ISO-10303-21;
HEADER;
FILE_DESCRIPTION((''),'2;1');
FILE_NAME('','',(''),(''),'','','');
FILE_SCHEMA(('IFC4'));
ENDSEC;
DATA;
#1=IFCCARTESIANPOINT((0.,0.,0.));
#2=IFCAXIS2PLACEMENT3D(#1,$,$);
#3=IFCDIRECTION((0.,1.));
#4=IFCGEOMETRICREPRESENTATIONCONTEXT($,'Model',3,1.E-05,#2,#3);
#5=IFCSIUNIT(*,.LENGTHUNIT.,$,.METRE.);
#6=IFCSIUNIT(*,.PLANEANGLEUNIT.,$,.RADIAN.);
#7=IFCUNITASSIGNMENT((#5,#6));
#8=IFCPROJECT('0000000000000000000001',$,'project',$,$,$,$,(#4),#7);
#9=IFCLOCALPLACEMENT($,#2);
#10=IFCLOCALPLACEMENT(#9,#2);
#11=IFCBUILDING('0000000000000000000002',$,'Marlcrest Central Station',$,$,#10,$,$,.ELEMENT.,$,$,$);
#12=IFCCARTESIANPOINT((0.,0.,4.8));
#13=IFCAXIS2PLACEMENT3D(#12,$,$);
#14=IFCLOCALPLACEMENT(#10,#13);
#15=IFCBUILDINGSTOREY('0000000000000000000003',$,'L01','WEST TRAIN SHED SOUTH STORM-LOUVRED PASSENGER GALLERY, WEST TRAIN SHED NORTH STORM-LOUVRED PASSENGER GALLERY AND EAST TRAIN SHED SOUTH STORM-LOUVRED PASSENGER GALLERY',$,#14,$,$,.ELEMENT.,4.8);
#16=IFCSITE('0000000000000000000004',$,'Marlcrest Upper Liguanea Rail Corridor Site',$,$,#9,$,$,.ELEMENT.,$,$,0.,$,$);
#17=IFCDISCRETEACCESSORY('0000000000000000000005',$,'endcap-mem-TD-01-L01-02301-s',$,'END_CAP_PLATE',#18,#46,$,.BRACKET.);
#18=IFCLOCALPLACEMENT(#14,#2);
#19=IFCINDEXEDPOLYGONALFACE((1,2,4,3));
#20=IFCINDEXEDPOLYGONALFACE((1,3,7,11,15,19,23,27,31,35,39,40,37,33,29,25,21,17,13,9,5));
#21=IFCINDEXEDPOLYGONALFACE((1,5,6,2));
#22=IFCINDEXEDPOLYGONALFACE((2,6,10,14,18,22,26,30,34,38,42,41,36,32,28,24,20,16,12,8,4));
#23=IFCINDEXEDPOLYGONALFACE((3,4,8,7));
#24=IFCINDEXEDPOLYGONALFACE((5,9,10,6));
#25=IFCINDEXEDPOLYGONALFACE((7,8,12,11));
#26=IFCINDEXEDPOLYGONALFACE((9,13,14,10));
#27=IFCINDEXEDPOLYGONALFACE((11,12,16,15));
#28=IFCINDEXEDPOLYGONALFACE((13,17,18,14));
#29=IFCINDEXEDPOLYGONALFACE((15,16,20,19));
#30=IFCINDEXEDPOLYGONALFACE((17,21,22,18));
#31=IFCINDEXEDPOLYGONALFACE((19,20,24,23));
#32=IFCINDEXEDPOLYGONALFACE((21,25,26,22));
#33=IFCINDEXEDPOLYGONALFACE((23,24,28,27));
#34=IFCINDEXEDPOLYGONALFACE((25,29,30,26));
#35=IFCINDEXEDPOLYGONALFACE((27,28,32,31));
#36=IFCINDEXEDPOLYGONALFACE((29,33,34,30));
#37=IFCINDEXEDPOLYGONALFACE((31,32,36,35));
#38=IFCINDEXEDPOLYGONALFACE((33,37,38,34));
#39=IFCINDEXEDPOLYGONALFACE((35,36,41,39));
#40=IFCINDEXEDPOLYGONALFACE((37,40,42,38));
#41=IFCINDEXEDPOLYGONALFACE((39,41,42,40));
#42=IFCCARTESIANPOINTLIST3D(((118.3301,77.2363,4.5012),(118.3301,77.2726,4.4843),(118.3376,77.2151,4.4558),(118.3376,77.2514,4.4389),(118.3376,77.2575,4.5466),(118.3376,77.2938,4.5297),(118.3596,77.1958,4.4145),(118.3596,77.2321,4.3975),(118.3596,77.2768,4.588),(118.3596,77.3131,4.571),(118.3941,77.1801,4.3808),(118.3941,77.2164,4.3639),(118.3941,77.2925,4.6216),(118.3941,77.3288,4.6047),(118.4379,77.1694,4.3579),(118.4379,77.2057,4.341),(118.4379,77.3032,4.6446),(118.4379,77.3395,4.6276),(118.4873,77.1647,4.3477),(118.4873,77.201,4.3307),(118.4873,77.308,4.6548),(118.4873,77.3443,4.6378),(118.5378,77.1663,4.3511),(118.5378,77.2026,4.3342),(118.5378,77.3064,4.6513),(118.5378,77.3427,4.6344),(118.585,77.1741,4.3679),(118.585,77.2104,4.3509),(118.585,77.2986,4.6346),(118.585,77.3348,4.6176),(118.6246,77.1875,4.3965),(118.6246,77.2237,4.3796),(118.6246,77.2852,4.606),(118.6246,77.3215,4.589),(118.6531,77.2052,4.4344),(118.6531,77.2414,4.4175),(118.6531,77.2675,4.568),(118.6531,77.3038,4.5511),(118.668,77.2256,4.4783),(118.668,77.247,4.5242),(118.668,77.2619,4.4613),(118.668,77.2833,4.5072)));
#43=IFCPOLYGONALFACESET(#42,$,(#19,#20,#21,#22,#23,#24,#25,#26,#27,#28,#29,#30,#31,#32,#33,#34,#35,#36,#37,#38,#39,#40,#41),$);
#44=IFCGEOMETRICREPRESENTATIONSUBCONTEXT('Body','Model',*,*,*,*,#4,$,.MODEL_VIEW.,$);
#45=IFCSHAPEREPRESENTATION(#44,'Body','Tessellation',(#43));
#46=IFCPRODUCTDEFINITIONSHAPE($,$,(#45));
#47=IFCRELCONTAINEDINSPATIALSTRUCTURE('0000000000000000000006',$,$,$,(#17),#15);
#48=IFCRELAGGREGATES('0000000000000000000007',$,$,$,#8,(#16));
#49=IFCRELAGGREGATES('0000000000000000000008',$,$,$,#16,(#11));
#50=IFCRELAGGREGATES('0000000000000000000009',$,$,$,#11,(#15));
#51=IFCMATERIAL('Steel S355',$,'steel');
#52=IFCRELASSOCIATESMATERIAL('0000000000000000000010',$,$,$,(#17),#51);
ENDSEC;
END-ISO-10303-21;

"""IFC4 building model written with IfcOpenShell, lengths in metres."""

from ifc_helpers import new_model, si_unit, direction, frame, origin, origin_2d, place, context, subcontext, project, spatial, circle, extrude, material, element, save


model = new_model("IFC4")

# Units and contexts
model_context = context("Model", 3, precision=1e-05, world=origin(), true_north=direction((0.0, 1.0)))
body_context = subcontext(model_context, "Body", "Model", "MODEL_VIEW")
ifc_project = project(units=[si_unit("LENGTHUNIT", "METRE"), si_unit("PLANEANGLEUNIT", "RADIAN")], contexts=[model_context])

# Site, building, storey
site_placement = place(None, origin())
site = spatial("IfcSite", under=ifc_project, at=site_placement, Name="Marlcrest Upper Liguanea Rail Corridor Site", CompositionType="ELEMENT", RefElevation=0.0)
building_placement = place(site_placement, origin())
building = spatial("IfcBuilding", under=site, at=building_placement, Name="Marlcrest Central Station", CompositionType="ELEMENT")
storey_placement = place(building_placement, frame((0.0, 0.0, 4.8)))
storey = spatial("IfcBuildingStorey", under=building, at=storey_placement, Name="L01", Description="WEST TRAIN SHED SOUTH STORM-LOUVRED PASSENGER GALLERY, WEST TRAIN SHED NORTH STORM-LOUVRED PASSENGER GALLERY AND EAST TRAIN SHED SOUTH STORM-LOUVRED PASSENGER GALLERY", CompositionType="ELEMENT", Elevation=4.8)

# Shared definitions
ifc_material = material(Name="Steel S355", Category="steel")

# Discrete accessory
for number, where, z_axis, x_axis, name in (
    (1, (118.5, 77.2363, 4.5012), (0.0, 0.906183, -0.422885), (-1.0, 0.0, 0.0), "endcap-mem-TD-01-L01-02301-s"),
):
    element("IfcDiscreteAccessory", number, at=place(storey_placement, frame(where, z_axis=z_axis, x_axis=x_axis)), inside=storey, material=ifc_material, Name=name, ObjectType="END_CAP_PLATE", PredefinedType="BRACKET", context=body_context, shape_type="SweptSolid", body=[
        extrude(circle(Radius=0.1699, at=origin_2d()), origin(), (0.0, 0.0, 1.0), 0.04),
    ])

save(model, "model.ifc")
